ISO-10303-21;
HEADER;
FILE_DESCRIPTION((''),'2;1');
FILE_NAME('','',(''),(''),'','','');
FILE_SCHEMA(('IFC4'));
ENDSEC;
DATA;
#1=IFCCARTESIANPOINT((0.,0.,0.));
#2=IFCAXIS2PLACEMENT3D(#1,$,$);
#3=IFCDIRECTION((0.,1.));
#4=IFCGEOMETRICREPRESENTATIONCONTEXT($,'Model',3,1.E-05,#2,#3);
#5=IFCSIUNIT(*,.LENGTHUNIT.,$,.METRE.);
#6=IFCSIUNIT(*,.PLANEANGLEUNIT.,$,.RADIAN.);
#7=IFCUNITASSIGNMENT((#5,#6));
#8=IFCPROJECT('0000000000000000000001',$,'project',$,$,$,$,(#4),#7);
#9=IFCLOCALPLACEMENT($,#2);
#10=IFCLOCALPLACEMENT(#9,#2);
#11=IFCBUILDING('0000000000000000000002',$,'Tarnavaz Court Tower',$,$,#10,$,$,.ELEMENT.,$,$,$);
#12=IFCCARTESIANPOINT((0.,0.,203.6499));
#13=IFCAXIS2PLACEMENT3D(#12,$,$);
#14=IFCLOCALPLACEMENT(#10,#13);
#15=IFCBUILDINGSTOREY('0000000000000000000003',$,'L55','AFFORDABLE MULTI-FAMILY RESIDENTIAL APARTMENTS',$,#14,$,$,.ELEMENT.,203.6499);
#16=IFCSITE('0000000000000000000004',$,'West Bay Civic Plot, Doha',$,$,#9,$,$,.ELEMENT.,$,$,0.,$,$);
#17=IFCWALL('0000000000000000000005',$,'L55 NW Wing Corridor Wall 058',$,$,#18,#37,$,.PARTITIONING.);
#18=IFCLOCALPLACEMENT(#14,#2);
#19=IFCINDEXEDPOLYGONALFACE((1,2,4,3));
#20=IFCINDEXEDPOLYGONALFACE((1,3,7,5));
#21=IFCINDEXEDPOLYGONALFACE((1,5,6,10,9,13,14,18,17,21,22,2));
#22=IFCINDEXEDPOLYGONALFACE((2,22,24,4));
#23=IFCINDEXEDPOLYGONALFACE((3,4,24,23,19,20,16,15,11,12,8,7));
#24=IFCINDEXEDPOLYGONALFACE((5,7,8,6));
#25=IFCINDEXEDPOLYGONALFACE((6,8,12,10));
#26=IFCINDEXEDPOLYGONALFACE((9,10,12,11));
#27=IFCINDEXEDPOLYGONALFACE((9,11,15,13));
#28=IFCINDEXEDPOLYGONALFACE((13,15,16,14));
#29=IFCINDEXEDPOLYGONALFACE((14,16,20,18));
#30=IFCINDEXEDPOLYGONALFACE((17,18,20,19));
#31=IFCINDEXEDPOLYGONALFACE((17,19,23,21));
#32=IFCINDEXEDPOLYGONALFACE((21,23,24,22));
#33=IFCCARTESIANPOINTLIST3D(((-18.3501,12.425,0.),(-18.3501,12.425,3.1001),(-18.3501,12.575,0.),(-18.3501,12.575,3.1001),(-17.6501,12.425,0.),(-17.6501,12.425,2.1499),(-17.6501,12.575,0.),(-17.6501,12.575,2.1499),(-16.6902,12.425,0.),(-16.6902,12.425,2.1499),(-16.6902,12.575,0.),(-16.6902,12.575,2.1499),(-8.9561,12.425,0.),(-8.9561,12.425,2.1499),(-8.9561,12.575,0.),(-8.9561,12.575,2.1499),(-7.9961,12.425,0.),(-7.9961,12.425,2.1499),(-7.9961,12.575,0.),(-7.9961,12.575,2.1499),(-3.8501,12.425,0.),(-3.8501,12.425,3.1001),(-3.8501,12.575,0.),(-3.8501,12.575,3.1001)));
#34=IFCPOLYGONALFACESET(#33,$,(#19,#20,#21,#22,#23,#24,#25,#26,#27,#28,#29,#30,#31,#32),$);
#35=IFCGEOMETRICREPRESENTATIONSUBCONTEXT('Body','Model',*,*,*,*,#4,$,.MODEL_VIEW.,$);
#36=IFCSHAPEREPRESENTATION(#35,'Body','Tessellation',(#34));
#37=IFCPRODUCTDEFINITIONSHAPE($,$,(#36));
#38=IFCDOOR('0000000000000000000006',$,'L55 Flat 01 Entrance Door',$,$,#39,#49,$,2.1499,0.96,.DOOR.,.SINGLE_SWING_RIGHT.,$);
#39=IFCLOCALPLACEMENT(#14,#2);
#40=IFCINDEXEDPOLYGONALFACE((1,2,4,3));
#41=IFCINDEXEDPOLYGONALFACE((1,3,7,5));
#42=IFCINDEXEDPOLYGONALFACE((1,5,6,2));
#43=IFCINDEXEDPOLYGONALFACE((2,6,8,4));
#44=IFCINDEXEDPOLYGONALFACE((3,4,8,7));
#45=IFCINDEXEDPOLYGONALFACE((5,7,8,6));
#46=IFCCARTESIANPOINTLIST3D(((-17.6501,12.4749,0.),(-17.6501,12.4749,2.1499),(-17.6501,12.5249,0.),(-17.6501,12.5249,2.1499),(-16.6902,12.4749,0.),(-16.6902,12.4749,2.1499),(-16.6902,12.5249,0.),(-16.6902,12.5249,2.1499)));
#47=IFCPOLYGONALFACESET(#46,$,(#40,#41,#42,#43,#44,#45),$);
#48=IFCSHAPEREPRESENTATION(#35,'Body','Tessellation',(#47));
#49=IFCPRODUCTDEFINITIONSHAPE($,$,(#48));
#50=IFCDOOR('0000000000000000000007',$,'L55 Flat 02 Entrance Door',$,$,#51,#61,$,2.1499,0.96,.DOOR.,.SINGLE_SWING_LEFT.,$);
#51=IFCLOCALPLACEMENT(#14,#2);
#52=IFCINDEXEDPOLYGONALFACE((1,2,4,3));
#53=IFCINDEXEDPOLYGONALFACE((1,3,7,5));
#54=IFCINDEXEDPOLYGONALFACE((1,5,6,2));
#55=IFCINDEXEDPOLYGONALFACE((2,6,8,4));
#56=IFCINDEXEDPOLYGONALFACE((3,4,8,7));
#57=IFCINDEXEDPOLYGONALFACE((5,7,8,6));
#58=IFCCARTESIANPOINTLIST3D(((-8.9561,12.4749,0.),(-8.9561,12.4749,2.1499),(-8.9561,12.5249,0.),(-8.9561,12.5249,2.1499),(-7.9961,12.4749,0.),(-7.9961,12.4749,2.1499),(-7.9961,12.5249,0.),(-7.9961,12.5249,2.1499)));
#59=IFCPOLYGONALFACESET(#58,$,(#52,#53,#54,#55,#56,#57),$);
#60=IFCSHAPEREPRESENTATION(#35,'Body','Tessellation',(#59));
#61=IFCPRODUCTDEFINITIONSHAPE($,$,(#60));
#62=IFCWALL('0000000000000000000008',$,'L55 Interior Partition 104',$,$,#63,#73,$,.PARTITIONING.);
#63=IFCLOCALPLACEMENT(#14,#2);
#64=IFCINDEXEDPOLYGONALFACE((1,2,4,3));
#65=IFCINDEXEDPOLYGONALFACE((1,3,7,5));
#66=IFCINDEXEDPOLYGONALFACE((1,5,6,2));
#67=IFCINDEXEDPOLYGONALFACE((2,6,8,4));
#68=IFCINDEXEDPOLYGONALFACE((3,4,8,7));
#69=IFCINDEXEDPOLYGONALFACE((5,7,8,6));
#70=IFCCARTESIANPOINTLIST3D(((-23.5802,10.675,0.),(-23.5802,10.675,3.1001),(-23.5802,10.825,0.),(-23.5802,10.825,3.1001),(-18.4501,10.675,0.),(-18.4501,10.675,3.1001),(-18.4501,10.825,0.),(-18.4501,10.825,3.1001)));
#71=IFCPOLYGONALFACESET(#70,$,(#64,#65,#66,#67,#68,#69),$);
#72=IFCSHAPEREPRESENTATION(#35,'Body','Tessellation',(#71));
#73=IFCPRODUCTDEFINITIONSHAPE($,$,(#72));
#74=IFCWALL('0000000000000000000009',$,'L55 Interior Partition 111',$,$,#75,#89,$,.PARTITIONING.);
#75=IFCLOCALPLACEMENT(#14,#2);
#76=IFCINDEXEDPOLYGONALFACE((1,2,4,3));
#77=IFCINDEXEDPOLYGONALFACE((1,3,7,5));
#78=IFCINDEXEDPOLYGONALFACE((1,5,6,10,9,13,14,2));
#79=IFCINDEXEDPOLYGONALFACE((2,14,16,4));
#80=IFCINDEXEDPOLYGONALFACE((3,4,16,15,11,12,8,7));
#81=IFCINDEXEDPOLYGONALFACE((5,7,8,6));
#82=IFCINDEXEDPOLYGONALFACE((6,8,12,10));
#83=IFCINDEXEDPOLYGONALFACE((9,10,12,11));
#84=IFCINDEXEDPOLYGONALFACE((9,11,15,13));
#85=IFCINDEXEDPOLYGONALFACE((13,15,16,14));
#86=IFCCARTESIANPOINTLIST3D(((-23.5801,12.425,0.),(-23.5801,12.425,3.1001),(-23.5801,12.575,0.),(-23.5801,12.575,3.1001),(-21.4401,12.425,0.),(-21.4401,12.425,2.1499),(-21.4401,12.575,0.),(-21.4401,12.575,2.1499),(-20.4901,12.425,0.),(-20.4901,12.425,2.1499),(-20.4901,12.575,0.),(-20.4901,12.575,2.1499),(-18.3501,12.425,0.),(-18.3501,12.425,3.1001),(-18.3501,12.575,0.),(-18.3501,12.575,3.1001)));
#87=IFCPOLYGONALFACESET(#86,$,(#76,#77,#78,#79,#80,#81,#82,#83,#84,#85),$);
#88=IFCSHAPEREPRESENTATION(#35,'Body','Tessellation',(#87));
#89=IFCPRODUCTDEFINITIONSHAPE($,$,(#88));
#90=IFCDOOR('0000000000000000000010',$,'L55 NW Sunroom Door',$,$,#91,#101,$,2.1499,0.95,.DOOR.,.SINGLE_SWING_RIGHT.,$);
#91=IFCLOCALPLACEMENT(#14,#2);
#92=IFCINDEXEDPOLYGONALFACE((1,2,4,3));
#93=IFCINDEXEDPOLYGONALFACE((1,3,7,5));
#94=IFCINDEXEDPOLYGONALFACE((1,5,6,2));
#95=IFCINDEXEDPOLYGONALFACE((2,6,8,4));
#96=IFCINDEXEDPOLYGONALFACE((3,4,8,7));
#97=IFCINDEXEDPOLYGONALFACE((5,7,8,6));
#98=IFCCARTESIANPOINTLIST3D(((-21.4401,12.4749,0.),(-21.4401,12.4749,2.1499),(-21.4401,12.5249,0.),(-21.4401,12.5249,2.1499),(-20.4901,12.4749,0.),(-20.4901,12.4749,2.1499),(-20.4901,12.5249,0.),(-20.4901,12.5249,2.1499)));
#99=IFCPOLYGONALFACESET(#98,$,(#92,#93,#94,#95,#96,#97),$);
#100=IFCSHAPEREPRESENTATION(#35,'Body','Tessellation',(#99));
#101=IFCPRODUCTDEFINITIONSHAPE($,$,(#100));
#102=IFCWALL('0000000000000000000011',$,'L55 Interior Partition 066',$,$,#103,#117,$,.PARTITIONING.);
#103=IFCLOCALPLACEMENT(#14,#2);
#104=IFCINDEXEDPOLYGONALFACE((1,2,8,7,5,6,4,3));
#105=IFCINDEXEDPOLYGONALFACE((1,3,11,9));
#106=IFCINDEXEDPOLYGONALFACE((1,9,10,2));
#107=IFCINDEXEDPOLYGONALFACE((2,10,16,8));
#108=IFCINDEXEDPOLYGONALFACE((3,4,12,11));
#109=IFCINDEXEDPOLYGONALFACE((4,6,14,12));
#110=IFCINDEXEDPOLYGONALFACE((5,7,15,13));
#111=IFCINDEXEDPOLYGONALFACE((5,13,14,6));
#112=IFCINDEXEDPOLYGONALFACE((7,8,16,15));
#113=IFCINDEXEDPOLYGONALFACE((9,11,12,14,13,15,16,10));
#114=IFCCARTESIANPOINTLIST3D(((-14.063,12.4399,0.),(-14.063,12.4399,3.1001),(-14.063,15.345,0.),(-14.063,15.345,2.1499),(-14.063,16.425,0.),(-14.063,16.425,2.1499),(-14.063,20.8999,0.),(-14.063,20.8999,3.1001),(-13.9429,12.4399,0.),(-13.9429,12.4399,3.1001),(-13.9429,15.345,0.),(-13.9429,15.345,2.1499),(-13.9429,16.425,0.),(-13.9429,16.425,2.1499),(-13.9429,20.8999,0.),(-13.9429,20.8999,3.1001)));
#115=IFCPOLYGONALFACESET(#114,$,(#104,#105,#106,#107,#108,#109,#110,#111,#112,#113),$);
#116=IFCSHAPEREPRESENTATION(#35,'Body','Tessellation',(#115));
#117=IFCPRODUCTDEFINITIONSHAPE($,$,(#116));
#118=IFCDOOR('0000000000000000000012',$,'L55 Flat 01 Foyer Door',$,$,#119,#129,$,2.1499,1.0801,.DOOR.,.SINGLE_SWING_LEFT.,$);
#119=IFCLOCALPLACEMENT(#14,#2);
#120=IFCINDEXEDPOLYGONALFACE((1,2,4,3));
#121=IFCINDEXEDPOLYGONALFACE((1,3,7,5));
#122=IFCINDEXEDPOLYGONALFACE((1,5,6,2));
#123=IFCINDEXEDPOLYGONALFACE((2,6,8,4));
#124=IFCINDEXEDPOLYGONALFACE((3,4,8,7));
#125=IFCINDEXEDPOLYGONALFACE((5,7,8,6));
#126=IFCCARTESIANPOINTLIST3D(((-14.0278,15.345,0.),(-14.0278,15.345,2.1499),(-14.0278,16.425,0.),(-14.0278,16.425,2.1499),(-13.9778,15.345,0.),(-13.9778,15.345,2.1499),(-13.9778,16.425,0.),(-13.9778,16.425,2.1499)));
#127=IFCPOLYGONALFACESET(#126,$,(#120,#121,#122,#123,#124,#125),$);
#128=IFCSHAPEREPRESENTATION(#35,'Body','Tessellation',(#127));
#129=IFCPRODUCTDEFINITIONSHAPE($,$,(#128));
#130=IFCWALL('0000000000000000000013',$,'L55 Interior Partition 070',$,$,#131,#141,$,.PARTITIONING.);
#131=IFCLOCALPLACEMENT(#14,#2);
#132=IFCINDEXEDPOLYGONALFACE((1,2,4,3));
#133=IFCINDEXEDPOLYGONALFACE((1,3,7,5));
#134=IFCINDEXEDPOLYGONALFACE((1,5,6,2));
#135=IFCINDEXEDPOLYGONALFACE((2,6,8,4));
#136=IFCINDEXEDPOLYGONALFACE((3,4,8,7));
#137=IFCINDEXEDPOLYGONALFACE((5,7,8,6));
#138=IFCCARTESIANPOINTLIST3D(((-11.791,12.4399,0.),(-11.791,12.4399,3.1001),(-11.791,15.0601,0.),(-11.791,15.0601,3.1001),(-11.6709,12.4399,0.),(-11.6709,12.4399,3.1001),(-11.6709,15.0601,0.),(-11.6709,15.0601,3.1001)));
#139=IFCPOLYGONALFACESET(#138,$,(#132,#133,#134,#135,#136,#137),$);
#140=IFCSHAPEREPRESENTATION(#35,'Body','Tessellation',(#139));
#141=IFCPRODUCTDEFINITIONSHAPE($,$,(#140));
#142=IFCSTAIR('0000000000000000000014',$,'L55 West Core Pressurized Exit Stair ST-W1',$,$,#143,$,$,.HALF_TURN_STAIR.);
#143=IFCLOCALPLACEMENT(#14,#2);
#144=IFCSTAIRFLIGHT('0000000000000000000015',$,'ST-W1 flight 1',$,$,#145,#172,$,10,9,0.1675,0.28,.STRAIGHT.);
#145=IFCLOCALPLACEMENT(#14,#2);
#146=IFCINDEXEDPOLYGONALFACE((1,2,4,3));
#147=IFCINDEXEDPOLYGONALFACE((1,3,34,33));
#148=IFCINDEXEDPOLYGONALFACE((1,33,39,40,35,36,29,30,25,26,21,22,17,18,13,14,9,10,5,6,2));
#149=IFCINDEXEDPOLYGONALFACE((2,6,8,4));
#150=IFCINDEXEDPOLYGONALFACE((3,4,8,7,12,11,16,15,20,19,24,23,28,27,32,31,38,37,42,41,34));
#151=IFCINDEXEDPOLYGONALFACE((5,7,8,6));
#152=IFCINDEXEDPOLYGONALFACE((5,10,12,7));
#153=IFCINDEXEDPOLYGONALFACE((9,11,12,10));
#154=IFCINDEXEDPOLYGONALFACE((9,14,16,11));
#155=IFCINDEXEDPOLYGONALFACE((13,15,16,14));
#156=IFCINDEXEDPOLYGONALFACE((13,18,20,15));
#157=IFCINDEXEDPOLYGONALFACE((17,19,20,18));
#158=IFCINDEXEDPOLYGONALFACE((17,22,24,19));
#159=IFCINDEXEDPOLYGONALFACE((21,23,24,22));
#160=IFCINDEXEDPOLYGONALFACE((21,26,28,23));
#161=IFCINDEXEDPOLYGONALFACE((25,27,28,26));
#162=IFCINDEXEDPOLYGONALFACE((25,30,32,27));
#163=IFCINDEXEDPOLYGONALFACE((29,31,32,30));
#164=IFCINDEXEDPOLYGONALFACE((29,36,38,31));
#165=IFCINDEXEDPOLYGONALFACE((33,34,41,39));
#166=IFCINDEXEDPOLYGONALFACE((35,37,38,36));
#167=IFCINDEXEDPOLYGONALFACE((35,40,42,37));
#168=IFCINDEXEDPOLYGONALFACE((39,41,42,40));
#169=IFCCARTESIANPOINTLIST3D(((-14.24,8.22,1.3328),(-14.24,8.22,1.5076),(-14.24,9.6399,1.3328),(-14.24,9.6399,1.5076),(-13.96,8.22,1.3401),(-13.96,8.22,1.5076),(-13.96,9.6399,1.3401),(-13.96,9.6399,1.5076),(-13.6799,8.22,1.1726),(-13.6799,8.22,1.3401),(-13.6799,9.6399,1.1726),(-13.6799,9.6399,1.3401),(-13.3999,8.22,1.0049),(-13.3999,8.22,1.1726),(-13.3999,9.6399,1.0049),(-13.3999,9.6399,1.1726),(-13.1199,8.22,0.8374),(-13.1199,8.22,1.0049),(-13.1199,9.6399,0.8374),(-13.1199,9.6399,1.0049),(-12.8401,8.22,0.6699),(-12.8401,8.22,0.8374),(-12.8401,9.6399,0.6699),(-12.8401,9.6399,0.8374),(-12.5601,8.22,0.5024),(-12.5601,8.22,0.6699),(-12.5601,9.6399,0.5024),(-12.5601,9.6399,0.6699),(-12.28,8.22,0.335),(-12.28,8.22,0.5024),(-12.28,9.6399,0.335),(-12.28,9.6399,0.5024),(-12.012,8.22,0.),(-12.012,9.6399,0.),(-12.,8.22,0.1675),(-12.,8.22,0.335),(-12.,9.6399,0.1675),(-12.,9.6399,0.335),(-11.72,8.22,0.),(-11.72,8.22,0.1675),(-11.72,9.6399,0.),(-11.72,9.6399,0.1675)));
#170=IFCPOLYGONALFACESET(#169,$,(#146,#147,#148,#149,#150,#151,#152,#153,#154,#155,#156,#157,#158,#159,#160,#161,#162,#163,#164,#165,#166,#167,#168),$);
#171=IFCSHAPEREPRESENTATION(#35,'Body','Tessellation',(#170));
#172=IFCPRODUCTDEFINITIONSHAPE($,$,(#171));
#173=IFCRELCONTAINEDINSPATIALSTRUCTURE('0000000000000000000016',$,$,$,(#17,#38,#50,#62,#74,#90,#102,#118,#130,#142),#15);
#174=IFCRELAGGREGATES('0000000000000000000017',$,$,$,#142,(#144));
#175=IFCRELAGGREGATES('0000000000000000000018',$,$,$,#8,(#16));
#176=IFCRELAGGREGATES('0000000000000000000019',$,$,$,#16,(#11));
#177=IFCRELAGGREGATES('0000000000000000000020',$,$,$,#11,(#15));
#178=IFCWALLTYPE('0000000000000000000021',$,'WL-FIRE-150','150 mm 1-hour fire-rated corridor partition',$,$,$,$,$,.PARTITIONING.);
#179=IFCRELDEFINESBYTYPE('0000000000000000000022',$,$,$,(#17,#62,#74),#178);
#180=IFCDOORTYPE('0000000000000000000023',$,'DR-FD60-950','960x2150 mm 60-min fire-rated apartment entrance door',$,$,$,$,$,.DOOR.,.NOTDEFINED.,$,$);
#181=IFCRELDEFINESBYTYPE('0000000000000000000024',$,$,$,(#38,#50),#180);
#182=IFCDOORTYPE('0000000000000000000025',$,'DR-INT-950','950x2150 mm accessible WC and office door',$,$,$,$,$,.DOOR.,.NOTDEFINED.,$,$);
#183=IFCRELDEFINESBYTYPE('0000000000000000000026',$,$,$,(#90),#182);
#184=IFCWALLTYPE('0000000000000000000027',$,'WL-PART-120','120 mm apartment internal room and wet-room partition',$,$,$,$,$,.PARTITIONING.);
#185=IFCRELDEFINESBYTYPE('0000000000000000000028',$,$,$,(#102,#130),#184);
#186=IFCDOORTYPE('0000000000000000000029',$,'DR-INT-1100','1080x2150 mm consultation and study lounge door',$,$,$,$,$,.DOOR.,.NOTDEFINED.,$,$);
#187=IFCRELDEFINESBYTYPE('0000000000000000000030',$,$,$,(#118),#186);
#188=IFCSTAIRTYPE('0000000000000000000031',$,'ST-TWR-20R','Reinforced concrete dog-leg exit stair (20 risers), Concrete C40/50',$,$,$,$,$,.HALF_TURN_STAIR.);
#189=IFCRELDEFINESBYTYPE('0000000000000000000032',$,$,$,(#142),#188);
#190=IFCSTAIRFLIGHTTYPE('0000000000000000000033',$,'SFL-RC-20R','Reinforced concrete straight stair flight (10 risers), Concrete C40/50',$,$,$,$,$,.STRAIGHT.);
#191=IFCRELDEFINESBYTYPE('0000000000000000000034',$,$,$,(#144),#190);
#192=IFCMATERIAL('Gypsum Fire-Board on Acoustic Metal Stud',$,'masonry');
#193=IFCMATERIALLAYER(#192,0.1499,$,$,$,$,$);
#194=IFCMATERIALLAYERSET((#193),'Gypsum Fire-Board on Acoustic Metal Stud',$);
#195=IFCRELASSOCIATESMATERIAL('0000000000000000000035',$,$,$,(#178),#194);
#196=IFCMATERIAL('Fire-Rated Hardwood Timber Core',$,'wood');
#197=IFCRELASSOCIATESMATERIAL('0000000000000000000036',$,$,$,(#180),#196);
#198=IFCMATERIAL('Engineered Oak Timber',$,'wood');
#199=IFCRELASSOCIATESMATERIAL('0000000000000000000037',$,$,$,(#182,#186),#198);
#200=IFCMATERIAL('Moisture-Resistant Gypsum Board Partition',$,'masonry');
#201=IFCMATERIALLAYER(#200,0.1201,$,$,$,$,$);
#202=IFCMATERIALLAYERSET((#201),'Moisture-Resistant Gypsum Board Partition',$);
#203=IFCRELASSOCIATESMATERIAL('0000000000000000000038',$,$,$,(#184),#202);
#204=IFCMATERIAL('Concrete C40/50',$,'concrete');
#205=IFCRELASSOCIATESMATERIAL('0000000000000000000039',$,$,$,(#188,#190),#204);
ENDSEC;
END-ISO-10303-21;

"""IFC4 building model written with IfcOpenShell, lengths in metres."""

from ifc_helpers import new_model, si_unit, direction, frame, frame_2d, origin, place, context, subcontext, project, spatial, polyline, rectangle, outline, extrude, material, layer, layer_set, type_object, element, fill, aggregate, save


model = new_model("IFC4")

# Units and contexts
model_context = context("Model", 3, precision=1e-05, world=origin(), true_north=direction((0.0, 1.0)))
body_context = subcontext(model_context, "Body", "Model", "MODEL_VIEW")
ifc_project = project(units=[si_unit("LENGTHUNIT", "METRE"), si_unit("PLANEANGLEUNIT", "RADIAN")], contexts=[model_context])

# Site, building, storey
site_placement = place(None, origin())
site = spatial("IfcSite", under=ifc_project, at=site_placement, Name="West Bay Civic Plot, Doha", CompositionType="ELEMENT", RefElevation=0.0)
building_placement = place(site_placement, origin())
building = spatial("IfcBuilding", under=site, at=building_placement, Name="Tarnavaz Court Tower", CompositionType="ELEMENT")
storey_placement = place(building_placement, frame((0.0, 0.0, 203.6499)))
storey = spatial("IfcBuildingStorey", under=building, at=storey_placement, Name="L55", Description="AFFORDABLE MULTI-FAMILY RESIDENTIAL APARTMENTS", CompositionType="ELEMENT", Elevation=203.6499)

# Shared definitions
ifc_material_1 = material(Name="Fire-Rated Hardwood Timber Core", Category="wood")

# Wall, openings, doors
ifc_material_2 = material(Name="Gypsum Fire-Board on Acoustic Metal Stud", Category="masonry")
ifc_layer_1 = layer(ifc_material_2, 0.1499)
ifc_layer_set_1 = layer_set([ifc_layer_1], Name="Gypsum Fire-Board on Acoustic Metal Stud")
wall_type_1 = type_object("IfcWallType", Name="WL-FIRE-150", Description="150 mm 1-hour fire-rated corridor partition", PredefinedType="PARTITIONING", material=ifc_layer_set_1)
wall_1_placement = place(storey_placement, frame((-18.3501, 12.5, 0.0), z_axis=(0.0, 0.0, 1.0), x_axis=(1.0, 0.0, 0.0)))
wall_1 = element("IfcWall", 1, at=wall_1_placement, inside=storey, type_object=wall_type_1, Name="L55 NW Wing Corridor Wall 058", PredefinedType="PARTITIONING", context=body_context, shape_type="SweptSolid", body=[
    extrude(rectangle(XDim=14.5, YDim=0.1499, at=frame_2d((7.25, 0.0))), origin(), (0.0, 0.0, 1.0), 3.1001),
])
opening_1_placement = place(wall_1_placement, frame((0.7, 0.0, 0.0)))
opening_1 = element("IfcOpeningElement", 2, at=opening_1_placement, cuts=wall_1, PredefinedType="OPENING", context=body_context, shape_type="SweptSolid", body=[
    extrude(rectangle(XDim=0.96, YDim=2.1499, at=frame_2d((0.48, 1.075))), frame((0.0, 0.085, 0.0), z_axis=(0.0, -1.0, 0.0), x_axis=(1.0, 0.0, 0.0)), (0.0, 0.0, 1.0), 0.1699),
])
opening_2_placement = place(wall_1_placement, frame((9.394, 0.0, 0.0)))
opening_2 = element("IfcOpeningElement", 3, at=opening_2_placement, cuts=wall_1, PredefinedType="OPENING", context=body_context, shape_type="SweptSolid", body=[
    extrude(rectangle(XDim=0.96, YDim=2.1499, at=frame_2d((0.48, 1.075))), frame((0.0, 0.085, 0.0), z_axis=(0.0, -1.0, 0.0), x_axis=(1.0, 0.0, 0.0)), (0.0, 0.0, 1.0), 0.1699),
])
door_type_1 = type_object("IfcDoorType", Name="DR-FD60-950", Description="960x2150 mm 60-min fire-rated apartment entrance door", OperationType="NOTDEFINED", PredefinedType="DOOR", material=ifc_material_1)
door_1_placement = place(opening_1_placement, origin())
door_1 = element("IfcDoor", 4, at=door_1_placement, inside=storey, type_object=door_type_1, Name="L55 Flat 01 Entrance Door", OperationType="SINGLE_SWING_RIGHT", OverallHeight=2.1499, OverallWidth=0.96, PredefinedType="DOOR", context=body_context, shape_type="SweptSolid", body=[
    extrude(rectangle(XDim=0.96, YDim=2.1499, at=frame_2d((0.48, 1.075))), frame((0.0, 0.0249, 0.0), z_axis=(0.0, -1.0, 0.0), x_axis=(1.0, 0.0, 0.0)), (0.0, 0.0, 1.0), 0.05),
])
fill(opening_1, door_1)
door_2_placement = place(opening_2_placement, origin())
door_2 = element("IfcDoor", 5, at=door_2_placement, inside=storey, type_object=door_type_1, Name="L55 Flat 02 Entrance Door", OperationType="SINGLE_SWING_LEFT", OverallHeight=2.1499, OverallWidth=0.96, PredefinedType="DOOR", context=body_context, shape_type="SweptSolid", body=[
    extrude(rectangle(XDim=0.96, YDim=2.1499, at=frame_2d((0.48, 1.075))), frame((0.0, 0.0249, 0.0), z_axis=(0.0, -1.0, 0.0), x_axis=(1.0, 0.0, 0.0)), (0.0, 0.0, 1.0), 0.05),
])
fill(opening_2, door_2)

# Wall
wall_2_placement = place(storey_placement, frame((-23.5801, 10.75, 0.0), z_axis=(0.0, 0.0, 1.0), x_axis=(1.0, 0.0, 0.0)))
element("IfcWall", 6, at=wall_2_placement, inside=storey, type_object=wall_type_1, Name="L55 Interior Partition 104", PredefinedType="PARTITIONING", context=body_context, shape_type="SweptSolid", body=[
    extrude(rectangle(XDim=5.1301, YDim=0.1499, at=frame_2d((2.5649, 0.0))), origin(), (0.0, 0.0, 1.0), 3.1001),
])

# Walls, openings, doors
wall_3_placement = place(storey_placement, frame((-23.5801, 12.5, 0.0), z_axis=(0.0, 0.0, 1.0), x_axis=(1.0, 0.0, 0.0)))
wall_3 = element("IfcWall", 7, at=wall_3_placement, inside=storey, type_object=wall_type_1, Name="L55 Interior Partition 111", PredefinedType="PARTITIONING", context=body_context, shape_type="SweptSolid", body=[
    extrude(rectangle(XDim=5.23, YDim=0.1499, at=frame_2d((2.615, 0.0))), origin(), (0.0, 0.0, 1.0), 3.1001),
])
opening_3_placement = place(wall_3_placement, frame((2.1399, 0.0, 0.0)))
opening_3 = element("IfcOpeningElement", 8, at=opening_3_placement, cuts=wall_3, PredefinedType="OPENING", context=body_context, shape_type="SweptSolid", body=[
    extrude(rectangle(XDim=0.95, YDim=2.1499, at=frame_2d((0.4751, 1.075))), frame((0.0, 0.085, 0.0), z_axis=(0.0, -1.0, 0.0), x_axis=(1.0, 0.0, 0.0)), (0.0, 0.0, 1.0), 0.1699),
])
ifc_material_3 = material(Name="Engineered Oak Timber", Category="wood")
door_type_2 = type_object("IfcDoorType", Name="DR-INT-950", Description="950x2150 mm accessible WC and office door", OperationType="NOTDEFINED", PredefinedType="DOOR", material=ifc_material_3)
door_3_placement = place(opening_3_placement, origin())
door_3 = element("IfcDoor", 9, at=door_3_placement, inside=storey, type_object=door_type_2, Name="L55 NW Sunroom Door", OperationType="SINGLE_SWING_RIGHT", OverallHeight=2.1499, OverallWidth=0.95, PredefinedType="DOOR", context=body_context, shape_type="SweptSolid", body=[
    extrude(rectangle(XDim=0.95, YDim=2.1499, at=frame_2d((0.4751, 1.075))), frame((0.0, 0.0249, 0.0), z_axis=(0.0, -1.0, 0.0), x_axis=(1.0, 0.0, 0.0)), (0.0, 0.0, 1.0), 0.05),
])
fill(opening_3, door_3)
ifc_material_4 = material(Name="Moisture-Resistant Gypsum Board Partition", Category="masonry")
ifc_layer_2 = layer(ifc_material_4, 0.1201)
ifc_layer_set_2 = layer_set([ifc_layer_2], Name="Moisture-Resistant Gypsum Board Partition")
wall_type_2 = type_object("IfcWallType", Name="WL-PART-120", Description="120 mm apartment internal room and wet-room partition", PredefinedType="PARTITIONING", material=ifc_layer_set_2)
wall_4_placement = place(storey_placement, frame((-14.0029, 12.4399, 0.0), z_axis=(0.0, 0.0, 1.0), x_axis=(0.0, 1.0, 0.0)))
wall_4 = element("IfcWall", 10, at=wall_4_placement, inside=storey, type_object=wall_type_2, Name="L55 Interior Partition 066", PredefinedType="PARTITIONING", context=body_context, shape_type="SweptSolid", body=[
    extrude(rectangle(XDim=8.46, YDim=0.1201, at=frame_2d((4.23, 0.0))), origin(), (0.0, 0.0, 1.0), 3.1001),
])
opening_4_placement = place(wall_4_placement, frame((2.905, 0.0, 0.0)))
opening_4 = element("IfcOpeningElement", 11, at=opening_4_placement, cuts=wall_4, PredefinedType="OPENING", context=body_context, shape_type="SweptSolid", body=[
    extrude(rectangle(XDim=1.0801, YDim=2.1499, at=frame_2d((0.54, 1.075))), frame((0.0, 0.0701, 0.0), z_axis=(0.0, -1.0, 0.0), x_axis=(1.0, 0.0, 0.0)), (0.0, 0.0, 1.0), 0.1401),
])
door_type_3 = type_object("IfcDoorType", Name="DR-INT-1100", Description="1080x2150 mm consultation and study lounge door", OperationType="NOTDEFINED", PredefinedType="DOOR", material=ifc_material_3)
door_4_placement = place(opening_4_placement, origin())
door_4 = element("IfcDoor", 12, at=door_4_placement, inside=storey, type_object=door_type_3, Name="L55 Flat 01 Foyer Door", OperationType="SINGLE_SWING_LEFT", OverallHeight=2.1499, OverallWidth=1.0801, PredefinedType="DOOR", context=body_context, shape_type="SweptSolid", body=[
    extrude(rectangle(XDim=1.0801, YDim=2.1499, at=frame_2d((0.54, 1.075))), frame((0.0, 0.0249, 0.0), z_axis=(0.0, -1.0, 0.0), x_axis=(1.0, 0.0, 0.0)), (0.0, 0.0, 1.0), 0.05),
])
fill(opening_4, door_4)

# Wall
wall_5_placement = place(storey_placement, frame((-11.731, 12.4399, 0.0), z_axis=(0.0, 0.0, 1.0), x_axis=(0.0, 1.0, 0.0)))
element("IfcWall", 13, at=wall_5_placement, inside=storey, type_object=wall_type_2, Name="L55 Interior Partition 070", PredefinedType="PARTITIONING", context=body_context, shape_type="SweptSolid", body=[
    extrude(rectangle(XDim=2.6201, YDim=0.1201, at=frame_2d((1.3101, 0.0))), origin(), (0.0, 0.0, 1.0), 3.1001),
])

# Stair, stair flight
ifc_material_5 = material(Name="Concrete C40/50", Category="concrete")
stair_type = type_object("IfcStairType", Name="ST-TWR-20R", Description="Reinforced concrete dog-leg exit stair (20 risers), Concrete C40/50", PredefinedType="HALF_TURN_STAIR", material=ifc_material_5)
stair_placement = place(storey_placement, origin())
stair = element("IfcStair", 14, at=stair_placement, inside=storey, type_object=stair_type, Name="L55 West Core Pressurized Exit Stair ST-W1", PredefinedType="HALF_TURN_STAIR")
stair_flight_type = type_object("IfcStairFlightType", Name="SFL-RC-20R", Description="Reinforced concrete straight stair flight (10 risers), Concrete C40/50", PredefinedType="STRAIGHT", material=ifc_material_5)
stair_flight_1_placement = place(storey_placement, frame((-11.72, 8.9299, 0.0), z_axis=(0.0, 0.0, 1.0), x_axis=(-1.0, 0.0, 0.0)))
stair_flight_1 = element("IfcStairFlight", 15, at=stair_flight_1_placement, type_object=stair_flight_type, Name="ST-W1 flight 1", NumberOfRisers=10, NumberOfTreads=9, PredefinedType="STRAIGHT", RiserHeight=0.1675, TreadLength=0.28, context=body_context, shape_type="SweptSolid", body=[
    extrude(outline(polyline([(0.0, 0.0), (0.0, 0.1675), (0.28, 0.1675), (0.28, 0.335), (0.5601, 0.335), (0.5601, 0.5024), (0.8401, 0.5024), (0.8401, 0.6699), (1.1201, 0.6699), (1.1201, 0.8374), (1.3999, 0.8374), (1.3999, 1.0049), (1.6799, 1.0049), (1.6799, 1.1726), (1.96, 1.1726), (1.96, 1.3401), (2.24, 1.3401), (2.24, 1.5076), (2.52, 1.5076), (2.52, 1.675), (2.52, 1.3328), (0.292, 0.0), (0.0, 0.0)])), frame((0.0, 0.71, 0.0), z_axis=(0.0, -1.0, 0.0), x_axis=(1.0, 0.0, 0.0)), (0.0, 0.0, 1.0), 1.4199),
])
aggregate(stair, [stair_flight_1])

save(model, "model.ifc")
